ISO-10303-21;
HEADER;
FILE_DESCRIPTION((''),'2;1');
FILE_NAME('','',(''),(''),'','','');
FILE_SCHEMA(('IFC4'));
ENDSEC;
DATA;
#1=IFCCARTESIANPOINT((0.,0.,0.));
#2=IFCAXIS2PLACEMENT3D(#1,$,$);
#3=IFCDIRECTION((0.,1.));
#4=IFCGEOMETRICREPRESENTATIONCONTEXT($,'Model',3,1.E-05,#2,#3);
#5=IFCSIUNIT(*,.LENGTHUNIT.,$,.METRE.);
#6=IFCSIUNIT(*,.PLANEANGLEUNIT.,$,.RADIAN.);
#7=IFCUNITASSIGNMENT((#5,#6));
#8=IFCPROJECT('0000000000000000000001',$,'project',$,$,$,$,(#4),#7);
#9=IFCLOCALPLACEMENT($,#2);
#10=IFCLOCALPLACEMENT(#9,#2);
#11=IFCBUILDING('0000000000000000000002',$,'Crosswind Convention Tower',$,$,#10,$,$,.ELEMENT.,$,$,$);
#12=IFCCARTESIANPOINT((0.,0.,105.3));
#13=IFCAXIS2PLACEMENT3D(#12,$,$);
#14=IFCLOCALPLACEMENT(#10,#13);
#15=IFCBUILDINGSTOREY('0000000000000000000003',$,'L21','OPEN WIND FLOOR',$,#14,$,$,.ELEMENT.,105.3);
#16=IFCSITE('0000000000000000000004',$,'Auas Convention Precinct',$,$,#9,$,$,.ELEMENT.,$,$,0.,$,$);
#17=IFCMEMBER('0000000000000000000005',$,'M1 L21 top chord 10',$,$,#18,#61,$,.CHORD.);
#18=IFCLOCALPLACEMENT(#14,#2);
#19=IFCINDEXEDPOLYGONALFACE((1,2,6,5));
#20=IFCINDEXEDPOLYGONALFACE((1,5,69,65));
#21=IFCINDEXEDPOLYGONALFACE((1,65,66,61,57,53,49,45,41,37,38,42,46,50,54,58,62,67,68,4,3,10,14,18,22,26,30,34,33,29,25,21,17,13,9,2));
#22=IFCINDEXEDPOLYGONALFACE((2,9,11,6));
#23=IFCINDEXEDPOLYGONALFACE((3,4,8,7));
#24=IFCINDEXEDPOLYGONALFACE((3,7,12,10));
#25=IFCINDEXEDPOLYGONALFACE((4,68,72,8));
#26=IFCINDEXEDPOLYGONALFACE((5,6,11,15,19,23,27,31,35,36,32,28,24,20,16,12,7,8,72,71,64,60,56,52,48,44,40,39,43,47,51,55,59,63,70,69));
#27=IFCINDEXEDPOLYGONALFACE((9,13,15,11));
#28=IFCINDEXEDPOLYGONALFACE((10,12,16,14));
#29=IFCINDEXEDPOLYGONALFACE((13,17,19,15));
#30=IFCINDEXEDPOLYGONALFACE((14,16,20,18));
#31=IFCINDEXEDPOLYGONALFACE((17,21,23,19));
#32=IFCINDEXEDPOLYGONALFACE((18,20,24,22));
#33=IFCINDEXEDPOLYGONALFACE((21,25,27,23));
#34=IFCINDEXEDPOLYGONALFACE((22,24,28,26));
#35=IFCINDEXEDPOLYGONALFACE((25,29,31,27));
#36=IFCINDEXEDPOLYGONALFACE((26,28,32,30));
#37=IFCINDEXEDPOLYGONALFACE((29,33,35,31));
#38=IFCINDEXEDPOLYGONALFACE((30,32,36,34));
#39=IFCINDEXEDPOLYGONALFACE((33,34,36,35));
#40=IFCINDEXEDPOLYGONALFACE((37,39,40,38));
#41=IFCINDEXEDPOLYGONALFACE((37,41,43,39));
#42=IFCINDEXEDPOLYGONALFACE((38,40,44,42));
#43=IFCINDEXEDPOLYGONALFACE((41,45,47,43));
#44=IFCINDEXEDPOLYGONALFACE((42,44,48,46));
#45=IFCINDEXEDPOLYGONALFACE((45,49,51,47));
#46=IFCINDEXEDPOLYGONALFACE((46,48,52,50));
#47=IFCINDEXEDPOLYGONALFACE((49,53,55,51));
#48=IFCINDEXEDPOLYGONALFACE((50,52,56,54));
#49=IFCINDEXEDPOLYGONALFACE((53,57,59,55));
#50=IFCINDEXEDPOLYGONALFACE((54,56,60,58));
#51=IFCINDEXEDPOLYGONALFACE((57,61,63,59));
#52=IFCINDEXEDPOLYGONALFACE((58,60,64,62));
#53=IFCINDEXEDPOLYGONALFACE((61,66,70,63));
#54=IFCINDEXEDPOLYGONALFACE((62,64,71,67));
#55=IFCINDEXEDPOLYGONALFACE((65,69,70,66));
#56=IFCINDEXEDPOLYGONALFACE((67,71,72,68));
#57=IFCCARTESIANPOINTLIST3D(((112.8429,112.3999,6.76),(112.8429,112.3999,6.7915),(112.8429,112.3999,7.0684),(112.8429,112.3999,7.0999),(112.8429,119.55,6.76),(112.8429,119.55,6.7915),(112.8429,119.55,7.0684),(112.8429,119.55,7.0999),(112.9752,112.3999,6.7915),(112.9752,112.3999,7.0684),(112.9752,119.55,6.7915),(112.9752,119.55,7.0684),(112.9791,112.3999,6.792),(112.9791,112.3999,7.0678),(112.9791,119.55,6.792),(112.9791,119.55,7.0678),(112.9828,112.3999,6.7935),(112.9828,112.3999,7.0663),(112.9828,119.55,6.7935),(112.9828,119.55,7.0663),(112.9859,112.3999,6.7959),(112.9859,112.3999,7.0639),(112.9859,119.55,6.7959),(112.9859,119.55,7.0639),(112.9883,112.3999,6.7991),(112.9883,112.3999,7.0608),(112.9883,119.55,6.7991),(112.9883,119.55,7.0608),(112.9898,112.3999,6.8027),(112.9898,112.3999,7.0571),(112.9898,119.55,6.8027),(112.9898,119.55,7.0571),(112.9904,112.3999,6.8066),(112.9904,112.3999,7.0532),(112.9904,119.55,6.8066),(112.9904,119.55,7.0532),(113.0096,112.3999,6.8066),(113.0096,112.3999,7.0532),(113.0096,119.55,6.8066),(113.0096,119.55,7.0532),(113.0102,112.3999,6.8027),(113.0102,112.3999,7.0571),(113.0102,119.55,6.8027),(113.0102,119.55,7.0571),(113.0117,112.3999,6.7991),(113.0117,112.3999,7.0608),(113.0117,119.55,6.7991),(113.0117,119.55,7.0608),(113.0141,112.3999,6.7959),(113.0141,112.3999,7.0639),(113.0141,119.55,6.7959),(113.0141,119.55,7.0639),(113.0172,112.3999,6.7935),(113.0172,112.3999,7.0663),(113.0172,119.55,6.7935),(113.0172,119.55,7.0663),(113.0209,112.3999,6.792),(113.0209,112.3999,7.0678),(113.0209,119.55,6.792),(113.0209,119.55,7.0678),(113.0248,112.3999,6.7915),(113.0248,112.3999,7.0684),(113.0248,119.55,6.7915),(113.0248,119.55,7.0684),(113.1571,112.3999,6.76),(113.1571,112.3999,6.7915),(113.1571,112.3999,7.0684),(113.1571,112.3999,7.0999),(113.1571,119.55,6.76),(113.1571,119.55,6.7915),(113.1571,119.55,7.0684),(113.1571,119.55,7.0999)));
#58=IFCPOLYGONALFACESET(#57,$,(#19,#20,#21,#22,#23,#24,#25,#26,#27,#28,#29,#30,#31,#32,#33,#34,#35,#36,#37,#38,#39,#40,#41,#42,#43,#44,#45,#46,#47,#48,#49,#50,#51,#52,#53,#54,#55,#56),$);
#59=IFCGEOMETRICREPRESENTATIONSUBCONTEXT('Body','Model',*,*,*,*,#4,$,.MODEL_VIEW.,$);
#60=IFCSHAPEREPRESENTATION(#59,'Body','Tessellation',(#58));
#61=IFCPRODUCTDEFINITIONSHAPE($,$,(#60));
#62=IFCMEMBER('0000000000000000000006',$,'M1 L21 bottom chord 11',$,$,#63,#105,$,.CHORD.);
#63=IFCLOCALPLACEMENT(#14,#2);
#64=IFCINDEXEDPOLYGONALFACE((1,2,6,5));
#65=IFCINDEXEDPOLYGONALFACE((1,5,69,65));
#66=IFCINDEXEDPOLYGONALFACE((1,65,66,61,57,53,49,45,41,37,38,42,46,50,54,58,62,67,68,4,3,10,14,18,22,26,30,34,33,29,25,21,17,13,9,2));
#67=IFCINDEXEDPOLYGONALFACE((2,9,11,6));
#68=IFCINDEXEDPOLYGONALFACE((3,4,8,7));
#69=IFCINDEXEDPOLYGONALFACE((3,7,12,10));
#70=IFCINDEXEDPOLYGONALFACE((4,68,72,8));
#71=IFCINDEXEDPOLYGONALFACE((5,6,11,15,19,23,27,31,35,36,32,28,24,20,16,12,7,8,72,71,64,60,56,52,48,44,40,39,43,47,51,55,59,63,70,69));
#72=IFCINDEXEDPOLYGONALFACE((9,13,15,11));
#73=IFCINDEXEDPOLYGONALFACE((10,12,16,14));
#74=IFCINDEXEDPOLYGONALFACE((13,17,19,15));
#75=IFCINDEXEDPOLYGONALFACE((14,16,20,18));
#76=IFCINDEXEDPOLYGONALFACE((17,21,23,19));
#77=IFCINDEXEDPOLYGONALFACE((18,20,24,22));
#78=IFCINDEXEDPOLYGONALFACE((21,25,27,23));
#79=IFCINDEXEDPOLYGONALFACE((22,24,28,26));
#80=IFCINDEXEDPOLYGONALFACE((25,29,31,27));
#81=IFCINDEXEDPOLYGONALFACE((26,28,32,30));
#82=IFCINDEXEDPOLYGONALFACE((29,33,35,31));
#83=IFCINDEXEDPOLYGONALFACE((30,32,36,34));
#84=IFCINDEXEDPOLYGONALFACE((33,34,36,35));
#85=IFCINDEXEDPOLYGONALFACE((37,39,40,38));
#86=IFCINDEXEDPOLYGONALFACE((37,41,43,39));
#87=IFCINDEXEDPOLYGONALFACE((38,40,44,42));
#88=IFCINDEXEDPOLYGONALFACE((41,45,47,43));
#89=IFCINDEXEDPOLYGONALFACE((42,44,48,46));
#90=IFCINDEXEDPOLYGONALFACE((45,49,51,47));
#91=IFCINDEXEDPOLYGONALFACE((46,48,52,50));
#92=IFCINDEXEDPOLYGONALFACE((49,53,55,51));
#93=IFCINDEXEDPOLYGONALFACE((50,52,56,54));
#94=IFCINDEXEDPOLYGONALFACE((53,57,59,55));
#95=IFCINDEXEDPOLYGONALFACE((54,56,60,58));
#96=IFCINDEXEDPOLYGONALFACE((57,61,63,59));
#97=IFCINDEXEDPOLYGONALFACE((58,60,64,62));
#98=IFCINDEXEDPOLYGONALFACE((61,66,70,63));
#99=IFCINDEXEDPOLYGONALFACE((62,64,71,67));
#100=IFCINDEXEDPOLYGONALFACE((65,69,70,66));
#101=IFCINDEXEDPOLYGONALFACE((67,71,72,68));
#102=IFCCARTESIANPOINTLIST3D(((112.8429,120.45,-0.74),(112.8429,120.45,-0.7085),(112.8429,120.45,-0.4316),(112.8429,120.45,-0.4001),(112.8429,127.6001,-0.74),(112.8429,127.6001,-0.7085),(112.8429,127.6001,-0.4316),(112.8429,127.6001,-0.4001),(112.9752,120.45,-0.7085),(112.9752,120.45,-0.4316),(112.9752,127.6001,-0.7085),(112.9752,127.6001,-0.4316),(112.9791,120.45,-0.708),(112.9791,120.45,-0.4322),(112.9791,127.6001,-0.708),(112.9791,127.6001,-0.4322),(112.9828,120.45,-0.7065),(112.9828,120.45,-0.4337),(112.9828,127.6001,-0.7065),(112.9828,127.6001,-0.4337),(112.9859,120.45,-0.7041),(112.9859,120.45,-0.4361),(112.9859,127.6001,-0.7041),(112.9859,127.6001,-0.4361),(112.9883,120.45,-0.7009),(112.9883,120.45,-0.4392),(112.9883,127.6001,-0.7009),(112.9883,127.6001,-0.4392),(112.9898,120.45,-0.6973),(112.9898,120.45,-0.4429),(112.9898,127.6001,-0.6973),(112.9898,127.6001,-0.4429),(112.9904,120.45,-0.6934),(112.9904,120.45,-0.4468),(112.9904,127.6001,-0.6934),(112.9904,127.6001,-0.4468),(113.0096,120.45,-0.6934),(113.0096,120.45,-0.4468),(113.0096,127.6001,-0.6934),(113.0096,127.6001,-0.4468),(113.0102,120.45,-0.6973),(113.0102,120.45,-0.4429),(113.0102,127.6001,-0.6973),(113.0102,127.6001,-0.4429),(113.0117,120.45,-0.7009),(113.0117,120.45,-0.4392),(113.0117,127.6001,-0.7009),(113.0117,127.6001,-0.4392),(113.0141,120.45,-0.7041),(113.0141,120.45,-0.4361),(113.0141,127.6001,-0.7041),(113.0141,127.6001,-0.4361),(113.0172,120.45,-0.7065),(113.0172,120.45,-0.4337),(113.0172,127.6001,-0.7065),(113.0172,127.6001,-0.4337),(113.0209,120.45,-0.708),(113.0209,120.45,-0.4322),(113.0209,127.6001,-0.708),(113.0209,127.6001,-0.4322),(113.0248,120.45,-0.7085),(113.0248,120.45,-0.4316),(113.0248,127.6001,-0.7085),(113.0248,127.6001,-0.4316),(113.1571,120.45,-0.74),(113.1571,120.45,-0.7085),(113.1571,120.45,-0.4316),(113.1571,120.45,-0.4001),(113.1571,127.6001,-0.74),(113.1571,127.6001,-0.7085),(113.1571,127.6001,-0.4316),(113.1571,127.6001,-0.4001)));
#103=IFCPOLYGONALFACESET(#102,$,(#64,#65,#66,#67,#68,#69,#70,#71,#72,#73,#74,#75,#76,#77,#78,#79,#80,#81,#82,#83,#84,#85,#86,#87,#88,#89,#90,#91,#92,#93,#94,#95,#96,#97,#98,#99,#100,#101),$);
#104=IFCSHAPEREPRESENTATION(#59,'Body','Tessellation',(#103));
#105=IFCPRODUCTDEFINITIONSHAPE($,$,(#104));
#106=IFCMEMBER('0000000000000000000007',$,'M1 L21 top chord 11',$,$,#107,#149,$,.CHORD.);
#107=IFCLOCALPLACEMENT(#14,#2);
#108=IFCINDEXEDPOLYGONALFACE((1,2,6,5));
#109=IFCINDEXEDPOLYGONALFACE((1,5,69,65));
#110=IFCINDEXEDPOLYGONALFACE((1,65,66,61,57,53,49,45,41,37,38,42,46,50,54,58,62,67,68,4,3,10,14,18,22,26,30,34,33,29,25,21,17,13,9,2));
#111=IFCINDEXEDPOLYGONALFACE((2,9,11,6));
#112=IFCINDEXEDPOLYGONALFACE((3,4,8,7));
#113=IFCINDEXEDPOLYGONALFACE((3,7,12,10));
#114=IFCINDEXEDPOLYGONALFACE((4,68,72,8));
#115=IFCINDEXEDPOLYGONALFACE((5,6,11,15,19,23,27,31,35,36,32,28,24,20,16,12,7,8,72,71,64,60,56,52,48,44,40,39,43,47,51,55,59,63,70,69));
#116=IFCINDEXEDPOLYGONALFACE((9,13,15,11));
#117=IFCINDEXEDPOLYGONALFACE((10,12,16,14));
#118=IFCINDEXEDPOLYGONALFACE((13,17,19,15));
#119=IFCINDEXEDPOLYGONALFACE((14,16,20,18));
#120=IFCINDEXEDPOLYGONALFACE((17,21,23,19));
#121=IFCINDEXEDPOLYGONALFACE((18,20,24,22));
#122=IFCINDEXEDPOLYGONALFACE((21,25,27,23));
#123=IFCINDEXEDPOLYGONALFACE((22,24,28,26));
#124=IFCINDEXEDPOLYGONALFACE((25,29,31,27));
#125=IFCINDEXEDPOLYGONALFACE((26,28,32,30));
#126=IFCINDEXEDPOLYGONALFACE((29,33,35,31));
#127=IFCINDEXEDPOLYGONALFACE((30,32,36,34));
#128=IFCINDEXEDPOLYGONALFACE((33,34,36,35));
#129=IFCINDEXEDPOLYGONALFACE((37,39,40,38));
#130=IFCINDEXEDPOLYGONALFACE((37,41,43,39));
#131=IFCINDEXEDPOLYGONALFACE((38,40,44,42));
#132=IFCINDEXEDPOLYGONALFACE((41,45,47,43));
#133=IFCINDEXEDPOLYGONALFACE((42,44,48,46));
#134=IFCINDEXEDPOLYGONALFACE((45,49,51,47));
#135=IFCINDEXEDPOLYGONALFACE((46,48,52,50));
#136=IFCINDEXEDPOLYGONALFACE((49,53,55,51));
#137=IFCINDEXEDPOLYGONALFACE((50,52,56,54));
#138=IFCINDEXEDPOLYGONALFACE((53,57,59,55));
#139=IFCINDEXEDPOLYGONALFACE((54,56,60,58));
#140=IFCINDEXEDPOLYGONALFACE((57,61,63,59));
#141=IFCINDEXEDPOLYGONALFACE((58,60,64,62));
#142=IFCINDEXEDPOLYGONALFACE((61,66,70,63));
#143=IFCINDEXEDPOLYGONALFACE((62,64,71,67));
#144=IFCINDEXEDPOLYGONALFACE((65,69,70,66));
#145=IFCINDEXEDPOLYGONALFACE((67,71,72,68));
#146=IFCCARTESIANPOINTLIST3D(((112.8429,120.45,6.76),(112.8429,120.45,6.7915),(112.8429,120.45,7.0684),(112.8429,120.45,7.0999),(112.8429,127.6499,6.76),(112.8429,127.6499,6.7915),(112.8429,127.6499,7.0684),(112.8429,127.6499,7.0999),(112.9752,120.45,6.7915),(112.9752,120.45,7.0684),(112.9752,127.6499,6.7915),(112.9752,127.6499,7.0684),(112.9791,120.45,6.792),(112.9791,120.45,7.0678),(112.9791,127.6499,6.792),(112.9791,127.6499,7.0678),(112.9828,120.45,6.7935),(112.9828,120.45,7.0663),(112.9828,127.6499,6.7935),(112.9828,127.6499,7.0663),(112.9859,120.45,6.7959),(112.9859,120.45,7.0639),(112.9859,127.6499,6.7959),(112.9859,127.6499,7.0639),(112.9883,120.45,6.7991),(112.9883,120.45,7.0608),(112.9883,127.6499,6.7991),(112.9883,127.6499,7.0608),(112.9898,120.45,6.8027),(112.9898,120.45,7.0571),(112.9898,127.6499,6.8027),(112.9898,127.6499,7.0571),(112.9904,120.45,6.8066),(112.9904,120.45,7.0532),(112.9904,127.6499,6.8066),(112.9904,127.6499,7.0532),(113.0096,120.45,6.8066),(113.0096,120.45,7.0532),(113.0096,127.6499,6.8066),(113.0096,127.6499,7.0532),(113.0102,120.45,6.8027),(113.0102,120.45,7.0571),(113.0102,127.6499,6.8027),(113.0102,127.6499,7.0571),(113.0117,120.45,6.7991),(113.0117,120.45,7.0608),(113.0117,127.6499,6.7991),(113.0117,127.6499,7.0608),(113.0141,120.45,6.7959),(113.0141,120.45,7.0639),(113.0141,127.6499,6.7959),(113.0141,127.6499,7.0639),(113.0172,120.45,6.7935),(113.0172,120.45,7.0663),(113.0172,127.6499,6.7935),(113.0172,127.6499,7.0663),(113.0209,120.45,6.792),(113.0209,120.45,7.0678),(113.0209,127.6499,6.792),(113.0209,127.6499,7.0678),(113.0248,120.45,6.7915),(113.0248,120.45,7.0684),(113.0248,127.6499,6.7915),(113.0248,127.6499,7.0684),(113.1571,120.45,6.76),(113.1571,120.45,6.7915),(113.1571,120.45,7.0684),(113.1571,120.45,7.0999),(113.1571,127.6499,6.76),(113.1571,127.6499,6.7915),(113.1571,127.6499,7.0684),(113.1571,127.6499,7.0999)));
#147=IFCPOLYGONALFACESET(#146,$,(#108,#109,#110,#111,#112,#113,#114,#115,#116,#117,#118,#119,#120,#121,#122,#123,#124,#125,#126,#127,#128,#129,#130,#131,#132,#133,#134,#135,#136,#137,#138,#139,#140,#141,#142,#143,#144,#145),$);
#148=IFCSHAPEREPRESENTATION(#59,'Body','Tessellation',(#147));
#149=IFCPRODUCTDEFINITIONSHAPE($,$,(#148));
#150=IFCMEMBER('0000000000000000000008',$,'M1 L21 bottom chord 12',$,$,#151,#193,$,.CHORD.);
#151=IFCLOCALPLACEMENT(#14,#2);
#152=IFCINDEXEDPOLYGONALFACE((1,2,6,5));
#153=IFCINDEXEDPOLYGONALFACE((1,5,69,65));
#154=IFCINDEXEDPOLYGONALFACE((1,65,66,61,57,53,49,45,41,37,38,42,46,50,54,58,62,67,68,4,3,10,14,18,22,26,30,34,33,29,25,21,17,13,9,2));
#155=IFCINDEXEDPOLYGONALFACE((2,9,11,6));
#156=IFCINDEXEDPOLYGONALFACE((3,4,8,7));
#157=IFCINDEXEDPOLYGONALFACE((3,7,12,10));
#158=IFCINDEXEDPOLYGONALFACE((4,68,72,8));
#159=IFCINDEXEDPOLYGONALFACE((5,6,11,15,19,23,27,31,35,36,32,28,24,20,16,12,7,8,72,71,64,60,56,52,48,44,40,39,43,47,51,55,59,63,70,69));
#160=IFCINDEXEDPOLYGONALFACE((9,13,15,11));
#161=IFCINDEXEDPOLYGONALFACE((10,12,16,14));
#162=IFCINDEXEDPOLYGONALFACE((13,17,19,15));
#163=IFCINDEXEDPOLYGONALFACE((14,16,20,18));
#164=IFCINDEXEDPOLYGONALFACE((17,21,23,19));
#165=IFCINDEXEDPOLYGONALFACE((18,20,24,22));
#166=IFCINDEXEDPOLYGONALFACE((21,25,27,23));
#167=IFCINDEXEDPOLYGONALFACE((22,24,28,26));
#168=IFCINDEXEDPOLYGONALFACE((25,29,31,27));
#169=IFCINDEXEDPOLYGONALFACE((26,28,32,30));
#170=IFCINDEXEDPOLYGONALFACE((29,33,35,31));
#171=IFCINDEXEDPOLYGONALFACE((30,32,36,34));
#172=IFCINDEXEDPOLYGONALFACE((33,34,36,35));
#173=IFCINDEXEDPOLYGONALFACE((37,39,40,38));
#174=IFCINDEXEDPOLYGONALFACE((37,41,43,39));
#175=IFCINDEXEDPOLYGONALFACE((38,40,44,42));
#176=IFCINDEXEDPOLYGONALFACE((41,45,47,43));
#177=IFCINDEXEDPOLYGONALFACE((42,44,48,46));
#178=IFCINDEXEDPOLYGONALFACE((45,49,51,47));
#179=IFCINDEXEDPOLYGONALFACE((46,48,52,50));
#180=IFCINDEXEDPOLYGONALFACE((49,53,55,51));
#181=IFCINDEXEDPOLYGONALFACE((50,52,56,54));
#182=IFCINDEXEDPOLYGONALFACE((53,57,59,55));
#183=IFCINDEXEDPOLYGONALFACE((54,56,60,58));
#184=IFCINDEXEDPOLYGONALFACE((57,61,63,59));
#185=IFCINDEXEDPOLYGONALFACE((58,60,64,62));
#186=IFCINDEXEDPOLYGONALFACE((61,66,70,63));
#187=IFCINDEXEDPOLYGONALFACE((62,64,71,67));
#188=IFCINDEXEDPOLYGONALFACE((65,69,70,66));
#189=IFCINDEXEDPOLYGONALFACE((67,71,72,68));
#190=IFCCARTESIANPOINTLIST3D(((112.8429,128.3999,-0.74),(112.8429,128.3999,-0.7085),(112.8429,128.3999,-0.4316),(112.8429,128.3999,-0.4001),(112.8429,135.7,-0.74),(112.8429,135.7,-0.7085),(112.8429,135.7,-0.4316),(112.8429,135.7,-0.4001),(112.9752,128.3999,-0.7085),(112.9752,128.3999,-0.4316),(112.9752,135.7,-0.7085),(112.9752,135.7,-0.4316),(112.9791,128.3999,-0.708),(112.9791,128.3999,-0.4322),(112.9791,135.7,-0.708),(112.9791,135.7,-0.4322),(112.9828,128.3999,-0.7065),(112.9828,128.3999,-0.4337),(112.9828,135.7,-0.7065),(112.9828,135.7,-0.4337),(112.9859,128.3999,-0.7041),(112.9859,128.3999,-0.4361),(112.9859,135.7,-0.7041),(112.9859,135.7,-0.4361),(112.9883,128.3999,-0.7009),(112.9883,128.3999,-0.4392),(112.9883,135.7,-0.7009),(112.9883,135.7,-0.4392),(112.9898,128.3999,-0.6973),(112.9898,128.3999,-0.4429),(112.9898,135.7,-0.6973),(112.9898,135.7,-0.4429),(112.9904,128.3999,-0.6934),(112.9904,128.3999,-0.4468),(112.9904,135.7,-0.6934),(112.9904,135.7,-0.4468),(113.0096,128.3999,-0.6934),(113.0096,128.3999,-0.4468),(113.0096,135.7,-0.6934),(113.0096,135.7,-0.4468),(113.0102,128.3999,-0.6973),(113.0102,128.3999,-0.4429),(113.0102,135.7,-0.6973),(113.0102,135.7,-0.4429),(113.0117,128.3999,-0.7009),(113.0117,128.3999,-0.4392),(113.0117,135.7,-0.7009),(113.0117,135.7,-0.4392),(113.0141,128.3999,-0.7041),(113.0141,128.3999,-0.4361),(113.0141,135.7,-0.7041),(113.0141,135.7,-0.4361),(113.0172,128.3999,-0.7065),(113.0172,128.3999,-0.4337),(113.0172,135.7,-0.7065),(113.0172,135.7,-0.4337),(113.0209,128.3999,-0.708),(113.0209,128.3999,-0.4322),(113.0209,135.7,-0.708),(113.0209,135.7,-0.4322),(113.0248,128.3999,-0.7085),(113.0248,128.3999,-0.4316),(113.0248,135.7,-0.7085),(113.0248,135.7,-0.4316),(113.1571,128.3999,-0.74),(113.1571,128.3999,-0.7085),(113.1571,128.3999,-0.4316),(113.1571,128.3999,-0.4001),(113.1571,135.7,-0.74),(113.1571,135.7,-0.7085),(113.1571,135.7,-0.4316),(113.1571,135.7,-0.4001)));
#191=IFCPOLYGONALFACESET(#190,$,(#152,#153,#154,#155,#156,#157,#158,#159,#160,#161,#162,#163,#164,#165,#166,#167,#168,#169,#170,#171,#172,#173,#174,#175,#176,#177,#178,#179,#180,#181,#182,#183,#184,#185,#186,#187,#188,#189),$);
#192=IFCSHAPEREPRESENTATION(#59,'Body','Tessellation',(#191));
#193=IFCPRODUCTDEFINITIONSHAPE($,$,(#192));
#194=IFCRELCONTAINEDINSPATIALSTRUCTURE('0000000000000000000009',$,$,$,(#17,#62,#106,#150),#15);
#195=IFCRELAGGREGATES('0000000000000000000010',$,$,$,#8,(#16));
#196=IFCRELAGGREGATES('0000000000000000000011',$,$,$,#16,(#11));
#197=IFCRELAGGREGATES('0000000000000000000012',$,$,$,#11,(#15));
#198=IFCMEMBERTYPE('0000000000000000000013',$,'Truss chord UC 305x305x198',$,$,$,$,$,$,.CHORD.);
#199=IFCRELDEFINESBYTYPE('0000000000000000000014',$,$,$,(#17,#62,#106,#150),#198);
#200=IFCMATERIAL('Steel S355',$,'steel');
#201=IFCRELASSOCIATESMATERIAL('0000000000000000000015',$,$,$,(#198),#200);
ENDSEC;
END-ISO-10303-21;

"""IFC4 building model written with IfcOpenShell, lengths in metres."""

from ifc_helpers import new_model, si_unit, direction, frame, origin, origin_2d, place, context, subcontext, project, spatial, i_section, extrude, material, material_profile, profile_set, type_object, element, save


model = new_model("IFC4")

# Units and contexts
model_context = context("Model", 3, precision=1e-05, world=origin(), true_north=direction((0.0, 1.0)))
body_context = subcontext(model_context, "Body", "Model", "MODEL_VIEW")
ifc_project = project(units=[si_unit("LENGTHUNIT", "METRE"), si_unit("PLANEANGLEUNIT", "RADIAN")], contexts=[model_context])

# Site, building, storey
site_placement = place(None, origin())
site = spatial("IfcSite", under=ifc_project, at=site_placement, Name="Auas Convention Precinct", CompositionType="ELEMENT", RefElevation=0.0)
building_placement = place(site_placement, origin())
building = spatial("IfcBuilding", under=site, at=building_placement, Name="Crosswind Convention Tower", CompositionType="ELEMENT")
storey_placement = place(building_placement, frame((0.0, 0.0, 105.3)))
storey = spatial("IfcBuildingStorey", under=building, at=storey_placement, Name="L21", Description="OPEN WIND FLOOR", CompositionType="ELEMENT", Elevation=105.3)

# Members
ifc_material_1 = material(Name="Steel S355", Category="steel")
ifc_material_profile_1 = material_profile(ifc_material_1, i_section(OverallWidth=0.3142, OverallDepth=0.3398, WebThickness=0.0193, FlangeThickness=0.0315, FilletRadius=0.0151, at=origin_2d()), Name="UC 305x305x198")
ifc_profile_set_1 = profile_set([ifc_material_profile_1], Name="Steel S355")
member_type_1 = type_object("IfcMemberType", Name="Truss chord UC 305x305x198", PredefinedType="CHORD", material=ifc_profile_set_1)
for number, where, z_axis, x_axis, name in (
    (1, (113.0, 112.3999, 6.9299), (0.0, 1.0, 0.0), (-1.0, 0.0, 0.0), "M1 L21 top chord 10"),
    (2, (113.0, 120.45, -0.5701), (0.0, 1.0, 0.0), (-1.0, 0.0, 0.0), "M1 L21 bottom chord 11"),
):
    element("IfcMember", number, at=place(storey_placement, frame(where, z_axis=z_axis, x_axis=x_axis)), inside=storey, type_object=member_type_1, Name=name, PredefinedType="CHORD", context=body_context, shape_type="SweptSolid", body=[
        extrude(i_section(OverallWidth=0.3142, OverallDepth=0.3398, WebThickness=0.0193, FlangeThickness=0.0315, FilletRadius=0.0151, at=origin_2d()), origin(), (0.0, 0.0, 1.0), 7.1501),
    ])
member_1_placement = place(storey_placement, frame((113.0, 120.45, 6.9299), z_axis=(0.0, 1.0, 0.0), x_axis=(-1.0, 0.0, 0.0)))
element("IfcMember", 3, at=member_1_placement, inside=storey, type_object=member_type_1, Name="M1 L21 top chord 11", PredefinedType="CHORD", context=body_context, shape_type="SweptSolid", body=[
    extrude(i_section(OverallWidth=0.3142, OverallDepth=0.3398, WebThickness=0.0193, FlangeThickness=0.0315, FilletRadius=0.0151, at=origin_2d()), origin(), (0.0, 0.0, 1.0), 7.2),
])
member_2_placement = place(storey_placement, frame((113.0, 128.3999, -0.5701), z_axis=(0.0, 1.0, 0.0), x_axis=(-1.0, 0.0, 0.0)))
element("IfcMember", 4, at=member_2_placement, inside=storey, type_object=member_type_1, Name="M1 L21 bottom chord 12", PredefinedType="CHORD", context=body_context, shape_type="SweptSolid", body=[
    extrude(i_section(OverallWidth=0.3142, OverallDepth=0.3398, WebThickness=0.0193, FlangeThickness=0.0315, FilletRadius=0.0151, at=origin_2d()), origin(), (0.0, 0.0, 1.0), 7.3),
])

save(model, "model.ifc")
